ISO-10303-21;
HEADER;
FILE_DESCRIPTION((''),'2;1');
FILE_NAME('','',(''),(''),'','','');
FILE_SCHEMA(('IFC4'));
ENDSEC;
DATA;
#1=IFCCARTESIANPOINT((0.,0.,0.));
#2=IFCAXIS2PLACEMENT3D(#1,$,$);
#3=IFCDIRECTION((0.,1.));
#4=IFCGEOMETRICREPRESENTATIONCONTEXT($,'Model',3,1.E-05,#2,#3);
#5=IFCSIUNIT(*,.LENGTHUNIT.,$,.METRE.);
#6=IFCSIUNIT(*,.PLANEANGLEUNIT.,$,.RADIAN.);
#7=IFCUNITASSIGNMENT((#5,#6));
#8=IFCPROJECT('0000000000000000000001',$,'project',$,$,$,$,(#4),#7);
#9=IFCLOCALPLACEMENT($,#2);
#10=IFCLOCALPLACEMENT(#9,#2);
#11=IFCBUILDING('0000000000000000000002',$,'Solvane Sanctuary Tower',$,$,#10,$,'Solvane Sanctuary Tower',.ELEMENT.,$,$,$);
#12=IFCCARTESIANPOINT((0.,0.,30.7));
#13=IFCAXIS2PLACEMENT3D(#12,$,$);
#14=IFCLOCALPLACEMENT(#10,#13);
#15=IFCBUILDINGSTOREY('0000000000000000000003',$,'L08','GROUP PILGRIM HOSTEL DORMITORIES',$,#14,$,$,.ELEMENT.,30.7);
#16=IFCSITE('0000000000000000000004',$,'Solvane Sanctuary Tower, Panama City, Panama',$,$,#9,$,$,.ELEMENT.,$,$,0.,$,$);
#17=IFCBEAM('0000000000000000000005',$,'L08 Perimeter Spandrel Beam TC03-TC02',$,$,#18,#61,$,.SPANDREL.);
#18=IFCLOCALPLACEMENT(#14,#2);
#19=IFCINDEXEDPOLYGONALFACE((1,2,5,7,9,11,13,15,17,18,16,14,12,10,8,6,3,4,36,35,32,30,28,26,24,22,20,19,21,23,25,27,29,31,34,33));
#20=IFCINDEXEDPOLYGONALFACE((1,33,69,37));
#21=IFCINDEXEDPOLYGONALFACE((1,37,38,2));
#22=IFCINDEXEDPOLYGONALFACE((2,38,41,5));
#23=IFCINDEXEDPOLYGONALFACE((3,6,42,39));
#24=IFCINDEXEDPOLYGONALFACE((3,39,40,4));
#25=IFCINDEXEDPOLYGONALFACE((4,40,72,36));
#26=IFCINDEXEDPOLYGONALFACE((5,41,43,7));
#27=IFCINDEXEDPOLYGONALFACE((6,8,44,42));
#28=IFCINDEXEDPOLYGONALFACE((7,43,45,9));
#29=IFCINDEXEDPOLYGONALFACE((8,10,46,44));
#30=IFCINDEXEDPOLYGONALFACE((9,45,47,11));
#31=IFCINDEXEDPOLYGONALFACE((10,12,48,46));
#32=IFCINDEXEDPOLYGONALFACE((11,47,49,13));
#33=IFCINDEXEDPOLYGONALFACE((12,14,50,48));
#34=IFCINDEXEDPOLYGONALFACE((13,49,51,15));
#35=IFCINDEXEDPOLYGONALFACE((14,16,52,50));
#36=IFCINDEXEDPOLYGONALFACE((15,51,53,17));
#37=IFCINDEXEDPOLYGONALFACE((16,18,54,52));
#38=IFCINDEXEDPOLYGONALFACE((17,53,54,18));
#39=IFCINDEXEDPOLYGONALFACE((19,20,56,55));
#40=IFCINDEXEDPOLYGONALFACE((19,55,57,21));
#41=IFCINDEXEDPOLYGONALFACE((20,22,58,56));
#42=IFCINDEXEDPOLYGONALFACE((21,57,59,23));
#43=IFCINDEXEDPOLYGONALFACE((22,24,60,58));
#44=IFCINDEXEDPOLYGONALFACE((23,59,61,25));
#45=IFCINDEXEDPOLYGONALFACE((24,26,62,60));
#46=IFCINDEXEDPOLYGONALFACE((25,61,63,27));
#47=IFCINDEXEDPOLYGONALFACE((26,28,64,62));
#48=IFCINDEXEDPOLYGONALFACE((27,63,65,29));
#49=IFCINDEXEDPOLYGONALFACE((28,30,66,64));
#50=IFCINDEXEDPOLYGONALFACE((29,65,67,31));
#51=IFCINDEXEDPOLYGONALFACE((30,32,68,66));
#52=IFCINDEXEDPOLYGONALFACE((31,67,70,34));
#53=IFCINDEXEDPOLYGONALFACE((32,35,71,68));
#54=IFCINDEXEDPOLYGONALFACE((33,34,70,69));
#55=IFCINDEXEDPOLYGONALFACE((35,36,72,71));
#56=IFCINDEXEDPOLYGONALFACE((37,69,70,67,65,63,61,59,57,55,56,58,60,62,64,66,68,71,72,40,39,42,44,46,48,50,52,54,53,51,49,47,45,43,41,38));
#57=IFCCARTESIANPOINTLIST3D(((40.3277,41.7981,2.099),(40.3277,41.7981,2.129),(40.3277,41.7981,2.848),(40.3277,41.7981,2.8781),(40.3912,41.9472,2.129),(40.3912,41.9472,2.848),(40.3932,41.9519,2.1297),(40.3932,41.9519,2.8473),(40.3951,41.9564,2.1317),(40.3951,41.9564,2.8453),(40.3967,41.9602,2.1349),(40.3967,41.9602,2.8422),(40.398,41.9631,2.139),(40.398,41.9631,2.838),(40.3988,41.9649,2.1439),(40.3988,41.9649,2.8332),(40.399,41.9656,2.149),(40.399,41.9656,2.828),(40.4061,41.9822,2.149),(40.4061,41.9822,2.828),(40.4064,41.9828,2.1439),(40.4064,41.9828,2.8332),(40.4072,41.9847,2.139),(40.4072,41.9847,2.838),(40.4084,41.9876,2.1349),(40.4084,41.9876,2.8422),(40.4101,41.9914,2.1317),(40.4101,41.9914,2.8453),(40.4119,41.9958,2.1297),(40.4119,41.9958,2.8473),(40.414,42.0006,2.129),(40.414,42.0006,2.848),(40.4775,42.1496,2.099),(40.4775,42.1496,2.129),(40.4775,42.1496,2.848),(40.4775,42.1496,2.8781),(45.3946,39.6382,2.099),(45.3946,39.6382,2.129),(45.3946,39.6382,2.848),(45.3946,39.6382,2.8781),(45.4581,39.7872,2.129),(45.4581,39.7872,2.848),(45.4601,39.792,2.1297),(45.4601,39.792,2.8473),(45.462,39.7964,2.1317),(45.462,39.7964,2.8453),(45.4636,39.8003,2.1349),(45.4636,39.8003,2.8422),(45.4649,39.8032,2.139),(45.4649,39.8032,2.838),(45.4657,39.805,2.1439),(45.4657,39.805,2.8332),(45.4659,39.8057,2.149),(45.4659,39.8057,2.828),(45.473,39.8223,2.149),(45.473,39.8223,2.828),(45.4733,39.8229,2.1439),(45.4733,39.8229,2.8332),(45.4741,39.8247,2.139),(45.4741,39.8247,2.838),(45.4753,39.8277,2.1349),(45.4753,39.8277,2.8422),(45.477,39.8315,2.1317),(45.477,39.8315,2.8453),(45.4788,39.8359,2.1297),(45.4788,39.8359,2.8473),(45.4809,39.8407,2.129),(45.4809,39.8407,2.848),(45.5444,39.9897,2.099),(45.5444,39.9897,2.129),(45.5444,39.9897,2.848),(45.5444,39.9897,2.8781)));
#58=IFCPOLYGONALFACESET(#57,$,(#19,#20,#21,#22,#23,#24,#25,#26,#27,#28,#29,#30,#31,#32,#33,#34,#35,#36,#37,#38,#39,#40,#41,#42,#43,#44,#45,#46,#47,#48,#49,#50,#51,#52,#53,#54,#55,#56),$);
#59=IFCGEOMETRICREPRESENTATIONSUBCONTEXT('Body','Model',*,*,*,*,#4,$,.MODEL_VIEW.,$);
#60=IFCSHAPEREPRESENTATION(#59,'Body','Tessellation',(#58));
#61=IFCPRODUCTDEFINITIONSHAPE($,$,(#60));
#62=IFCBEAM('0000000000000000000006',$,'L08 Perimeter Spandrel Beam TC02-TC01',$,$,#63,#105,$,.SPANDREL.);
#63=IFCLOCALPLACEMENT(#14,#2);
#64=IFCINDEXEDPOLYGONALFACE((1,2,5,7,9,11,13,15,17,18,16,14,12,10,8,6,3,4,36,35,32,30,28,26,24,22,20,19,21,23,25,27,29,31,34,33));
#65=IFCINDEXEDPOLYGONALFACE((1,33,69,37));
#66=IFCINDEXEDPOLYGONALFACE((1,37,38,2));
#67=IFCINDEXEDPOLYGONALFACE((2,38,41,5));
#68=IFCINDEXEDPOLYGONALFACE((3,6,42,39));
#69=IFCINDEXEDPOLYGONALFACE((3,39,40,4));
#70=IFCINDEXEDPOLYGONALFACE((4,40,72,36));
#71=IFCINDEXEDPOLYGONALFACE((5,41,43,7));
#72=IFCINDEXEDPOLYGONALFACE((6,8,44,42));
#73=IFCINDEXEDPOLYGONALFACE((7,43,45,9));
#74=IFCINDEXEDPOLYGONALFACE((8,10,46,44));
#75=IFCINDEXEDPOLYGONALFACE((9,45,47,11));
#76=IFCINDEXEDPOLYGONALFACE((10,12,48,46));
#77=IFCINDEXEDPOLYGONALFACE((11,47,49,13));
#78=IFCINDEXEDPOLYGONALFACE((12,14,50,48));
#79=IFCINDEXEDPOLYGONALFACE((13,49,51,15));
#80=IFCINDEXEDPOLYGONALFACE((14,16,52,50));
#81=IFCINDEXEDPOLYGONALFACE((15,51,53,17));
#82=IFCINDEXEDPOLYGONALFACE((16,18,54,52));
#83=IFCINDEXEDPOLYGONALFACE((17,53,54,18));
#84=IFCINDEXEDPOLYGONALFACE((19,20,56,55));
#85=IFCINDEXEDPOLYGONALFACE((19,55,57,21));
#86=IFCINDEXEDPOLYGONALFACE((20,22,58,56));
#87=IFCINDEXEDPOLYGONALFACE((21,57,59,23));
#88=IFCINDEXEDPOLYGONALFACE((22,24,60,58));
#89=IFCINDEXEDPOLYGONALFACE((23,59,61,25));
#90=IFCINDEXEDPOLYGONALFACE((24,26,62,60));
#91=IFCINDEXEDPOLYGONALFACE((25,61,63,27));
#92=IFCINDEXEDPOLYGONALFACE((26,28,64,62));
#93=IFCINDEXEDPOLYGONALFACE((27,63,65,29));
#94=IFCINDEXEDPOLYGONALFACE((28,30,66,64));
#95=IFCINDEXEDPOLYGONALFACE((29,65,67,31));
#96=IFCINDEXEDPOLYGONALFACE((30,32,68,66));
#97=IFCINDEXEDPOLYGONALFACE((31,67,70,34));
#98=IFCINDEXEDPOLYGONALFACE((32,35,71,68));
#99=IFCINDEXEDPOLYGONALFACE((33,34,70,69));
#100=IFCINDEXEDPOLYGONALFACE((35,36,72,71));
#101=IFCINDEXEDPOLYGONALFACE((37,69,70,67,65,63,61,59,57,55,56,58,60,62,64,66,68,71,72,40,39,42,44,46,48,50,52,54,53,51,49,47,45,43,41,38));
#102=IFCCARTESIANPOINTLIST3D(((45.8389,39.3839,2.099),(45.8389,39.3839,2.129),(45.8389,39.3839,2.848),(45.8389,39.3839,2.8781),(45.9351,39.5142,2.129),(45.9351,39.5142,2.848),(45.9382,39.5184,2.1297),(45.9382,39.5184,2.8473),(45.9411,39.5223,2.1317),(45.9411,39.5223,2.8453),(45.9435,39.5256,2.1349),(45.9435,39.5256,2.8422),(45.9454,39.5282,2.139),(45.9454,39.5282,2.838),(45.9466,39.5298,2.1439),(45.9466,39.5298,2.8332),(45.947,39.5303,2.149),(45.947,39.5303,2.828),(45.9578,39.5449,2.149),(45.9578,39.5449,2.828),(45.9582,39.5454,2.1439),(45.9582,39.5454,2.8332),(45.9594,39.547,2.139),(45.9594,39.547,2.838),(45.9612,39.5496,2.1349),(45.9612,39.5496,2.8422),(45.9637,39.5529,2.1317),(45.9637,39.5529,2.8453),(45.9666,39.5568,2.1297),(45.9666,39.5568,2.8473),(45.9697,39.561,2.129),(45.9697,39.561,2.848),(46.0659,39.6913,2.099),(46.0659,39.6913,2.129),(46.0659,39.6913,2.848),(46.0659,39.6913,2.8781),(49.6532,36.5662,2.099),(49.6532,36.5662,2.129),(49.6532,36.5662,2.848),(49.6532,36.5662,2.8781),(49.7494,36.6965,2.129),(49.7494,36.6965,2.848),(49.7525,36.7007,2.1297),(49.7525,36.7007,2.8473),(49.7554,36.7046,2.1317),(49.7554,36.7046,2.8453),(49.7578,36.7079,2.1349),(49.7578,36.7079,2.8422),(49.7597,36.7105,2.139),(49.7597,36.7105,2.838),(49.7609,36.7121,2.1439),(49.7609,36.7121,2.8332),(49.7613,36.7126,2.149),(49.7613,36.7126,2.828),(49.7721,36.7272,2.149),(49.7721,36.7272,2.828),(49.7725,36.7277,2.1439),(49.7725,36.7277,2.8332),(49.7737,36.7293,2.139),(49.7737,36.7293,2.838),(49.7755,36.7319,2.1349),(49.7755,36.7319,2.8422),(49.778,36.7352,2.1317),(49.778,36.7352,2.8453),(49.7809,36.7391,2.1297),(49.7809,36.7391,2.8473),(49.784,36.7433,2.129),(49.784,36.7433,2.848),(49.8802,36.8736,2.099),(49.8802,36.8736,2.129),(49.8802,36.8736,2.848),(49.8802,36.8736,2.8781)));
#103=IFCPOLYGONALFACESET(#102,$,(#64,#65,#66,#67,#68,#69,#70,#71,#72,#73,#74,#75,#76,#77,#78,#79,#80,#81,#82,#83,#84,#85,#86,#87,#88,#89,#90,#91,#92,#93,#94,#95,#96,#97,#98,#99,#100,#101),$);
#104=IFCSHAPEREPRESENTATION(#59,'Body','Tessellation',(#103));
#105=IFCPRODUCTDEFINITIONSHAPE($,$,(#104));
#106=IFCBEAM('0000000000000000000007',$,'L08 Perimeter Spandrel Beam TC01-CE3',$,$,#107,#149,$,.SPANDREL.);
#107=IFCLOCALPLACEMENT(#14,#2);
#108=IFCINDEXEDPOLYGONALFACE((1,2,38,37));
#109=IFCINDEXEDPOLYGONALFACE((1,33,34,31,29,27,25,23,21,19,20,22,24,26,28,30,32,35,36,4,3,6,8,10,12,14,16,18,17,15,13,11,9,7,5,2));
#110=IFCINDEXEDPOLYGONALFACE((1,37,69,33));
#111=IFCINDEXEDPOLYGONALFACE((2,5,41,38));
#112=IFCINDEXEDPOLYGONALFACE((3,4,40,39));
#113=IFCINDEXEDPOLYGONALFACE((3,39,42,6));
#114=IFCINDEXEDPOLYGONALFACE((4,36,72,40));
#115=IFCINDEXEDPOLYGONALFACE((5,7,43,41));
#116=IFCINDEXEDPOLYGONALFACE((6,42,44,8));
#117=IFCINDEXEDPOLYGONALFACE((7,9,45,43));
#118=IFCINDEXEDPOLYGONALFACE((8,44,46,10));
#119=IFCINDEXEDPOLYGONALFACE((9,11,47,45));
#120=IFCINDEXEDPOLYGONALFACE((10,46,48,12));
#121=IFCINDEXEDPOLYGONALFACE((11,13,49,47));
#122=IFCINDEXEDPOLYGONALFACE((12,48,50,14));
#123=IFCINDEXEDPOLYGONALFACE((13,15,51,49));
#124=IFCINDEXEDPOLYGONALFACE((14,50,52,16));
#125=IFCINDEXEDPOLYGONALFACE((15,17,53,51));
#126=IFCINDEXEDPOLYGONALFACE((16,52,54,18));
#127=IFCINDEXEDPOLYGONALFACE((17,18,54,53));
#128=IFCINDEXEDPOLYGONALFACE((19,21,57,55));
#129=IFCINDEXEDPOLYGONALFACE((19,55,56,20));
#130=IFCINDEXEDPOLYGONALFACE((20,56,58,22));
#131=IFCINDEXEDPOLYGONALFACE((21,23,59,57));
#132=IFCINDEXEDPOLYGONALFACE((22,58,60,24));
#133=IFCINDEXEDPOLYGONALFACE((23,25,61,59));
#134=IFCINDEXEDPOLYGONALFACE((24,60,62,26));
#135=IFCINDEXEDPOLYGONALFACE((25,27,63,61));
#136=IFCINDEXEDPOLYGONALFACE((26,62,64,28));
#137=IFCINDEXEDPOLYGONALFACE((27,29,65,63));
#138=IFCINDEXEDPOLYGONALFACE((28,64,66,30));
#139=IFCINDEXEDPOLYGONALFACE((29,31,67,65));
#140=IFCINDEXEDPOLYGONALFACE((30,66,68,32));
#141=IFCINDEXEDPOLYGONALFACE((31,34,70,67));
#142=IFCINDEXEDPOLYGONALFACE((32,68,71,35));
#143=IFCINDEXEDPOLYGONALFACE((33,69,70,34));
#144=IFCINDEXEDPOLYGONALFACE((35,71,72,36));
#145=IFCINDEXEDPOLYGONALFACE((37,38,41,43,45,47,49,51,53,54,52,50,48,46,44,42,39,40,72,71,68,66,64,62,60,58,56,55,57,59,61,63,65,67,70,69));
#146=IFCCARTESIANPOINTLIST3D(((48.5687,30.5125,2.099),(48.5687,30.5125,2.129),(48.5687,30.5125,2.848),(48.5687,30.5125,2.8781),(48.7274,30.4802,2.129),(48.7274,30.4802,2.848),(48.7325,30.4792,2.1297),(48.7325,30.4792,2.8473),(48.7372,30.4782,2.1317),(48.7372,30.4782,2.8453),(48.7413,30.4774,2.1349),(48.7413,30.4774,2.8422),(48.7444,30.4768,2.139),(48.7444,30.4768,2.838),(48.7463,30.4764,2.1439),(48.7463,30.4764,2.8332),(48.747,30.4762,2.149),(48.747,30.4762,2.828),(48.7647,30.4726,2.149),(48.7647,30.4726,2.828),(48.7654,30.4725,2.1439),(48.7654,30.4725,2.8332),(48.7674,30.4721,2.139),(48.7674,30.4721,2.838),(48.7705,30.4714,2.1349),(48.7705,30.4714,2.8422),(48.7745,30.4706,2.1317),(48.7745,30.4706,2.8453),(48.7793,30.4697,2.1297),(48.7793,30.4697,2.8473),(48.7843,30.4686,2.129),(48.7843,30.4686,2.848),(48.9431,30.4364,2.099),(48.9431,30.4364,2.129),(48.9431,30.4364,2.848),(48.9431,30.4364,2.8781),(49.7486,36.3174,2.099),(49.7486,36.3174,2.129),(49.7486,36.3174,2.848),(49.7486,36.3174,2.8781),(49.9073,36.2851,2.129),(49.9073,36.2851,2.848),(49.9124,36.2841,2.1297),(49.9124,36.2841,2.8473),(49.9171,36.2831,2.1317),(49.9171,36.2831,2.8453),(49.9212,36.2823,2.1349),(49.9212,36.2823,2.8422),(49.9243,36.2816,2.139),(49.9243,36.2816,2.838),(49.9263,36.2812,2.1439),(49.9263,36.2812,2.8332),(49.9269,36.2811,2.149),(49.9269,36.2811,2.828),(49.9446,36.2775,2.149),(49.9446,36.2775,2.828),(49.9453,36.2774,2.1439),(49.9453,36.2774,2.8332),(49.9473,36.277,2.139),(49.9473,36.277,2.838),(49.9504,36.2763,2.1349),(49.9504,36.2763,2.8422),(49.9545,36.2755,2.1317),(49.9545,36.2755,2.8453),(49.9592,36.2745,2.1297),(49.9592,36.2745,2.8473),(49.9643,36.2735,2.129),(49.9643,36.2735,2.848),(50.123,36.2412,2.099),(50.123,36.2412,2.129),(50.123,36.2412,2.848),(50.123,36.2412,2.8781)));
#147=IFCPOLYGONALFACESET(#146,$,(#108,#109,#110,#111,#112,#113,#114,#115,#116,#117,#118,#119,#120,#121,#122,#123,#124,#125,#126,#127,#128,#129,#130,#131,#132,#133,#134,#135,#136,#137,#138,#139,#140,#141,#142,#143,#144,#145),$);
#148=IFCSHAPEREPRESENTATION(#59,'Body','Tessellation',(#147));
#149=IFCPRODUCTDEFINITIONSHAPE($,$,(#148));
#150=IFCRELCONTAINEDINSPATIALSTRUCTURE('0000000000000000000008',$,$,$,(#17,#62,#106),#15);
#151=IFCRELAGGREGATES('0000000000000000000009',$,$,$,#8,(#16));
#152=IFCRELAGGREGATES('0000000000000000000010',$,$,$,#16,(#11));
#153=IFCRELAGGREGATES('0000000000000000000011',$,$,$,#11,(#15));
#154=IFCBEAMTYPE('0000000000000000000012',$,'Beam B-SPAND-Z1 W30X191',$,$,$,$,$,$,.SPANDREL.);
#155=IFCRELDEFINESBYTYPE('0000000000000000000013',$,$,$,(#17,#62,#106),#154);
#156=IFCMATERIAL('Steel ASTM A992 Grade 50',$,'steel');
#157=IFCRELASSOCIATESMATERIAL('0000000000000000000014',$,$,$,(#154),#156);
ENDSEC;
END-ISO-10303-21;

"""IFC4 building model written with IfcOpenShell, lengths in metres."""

from ifc_helpers import new_model, si_unit, direction, frame, origin, origin_2d, place, context, subcontext, project, spatial, i_section, extrude, material, material_profile, profile_set, type_object, element, save


model = new_model("IFC4")

# Units and contexts
model_context = context("Model", 3, precision=1e-05, world=origin(), true_north=direction((0.0, 1.0)))
body_context = subcontext(model_context, "Body", "Model", "MODEL_VIEW")
ifc_project = project(units=[si_unit("LENGTHUNIT", "METRE"), si_unit("PLANEANGLEUNIT", "RADIAN")], contexts=[model_context])

# Site, building, storey
site_placement = place(None, origin())
site = spatial("IfcSite", under=ifc_project, at=site_placement, Name="Solvane Sanctuary Tower, Panama City, Panama", CompositionType="ELEMENT", RefElevation=0.0)
building_placement = place(site_placement, origin())
building = spatial("IfcBuilding", under=site, at=building_placement, Name="Solvane Sanctuary Tower", LongName="Solvane Sanctuary Tower", CompositionType="ELEMENT")
storey_placement = place(building_placement, frame((0.0, 0.0, 30.7)))
storey = spatial("IfcBuildingStorey", under=building, at=storey_placement, Name="L08", Description="GROUP PILGRIM HOSTEL DORMITORIES", CompositionType="ELEMENT", Elevation=30.7)

# Beams
ifc_material_1 = material(Name="Steel ASTM A992 Grade 50", Category="steel")
ifc_material_profile_1 = material_profile(ifc_material_1, i_section(OverallWidth=0.3821, OverallDepth=0.7791, WebThickness=0.0181, FlangeThickness=0.03, FilletRadius=0.02, at=origin_2d()), Name="W30X191")
ifc_profile_set_1 = profile_set([ifc_material_profile_1], Name="Steel ASTM A992 Grade 50")
beam_type_1 = type_object("IfcBeamType", Name="Beam B-SPAND-Z1 W30X191", PredefinedType="SPANDREL", material=ifc_profile_set_1)
beam_1_placement = place(storey_placement, frame((40.4026, 41.9739, 2.4885), z_axis=(0.919907, -0.392137, 0.0), x_axis=(0.392137, 0.919907, 0.0)))
element("IfcBeam", 1, at=beam_1_placement, inside=storey, type_object=beam_type_1, Name="L08 Perimeter Spandrel Beam TC03-TC02", PredefinedType="SPANDREL", context=body_context, shape_type="SweptSolid", body=[
    extrude(i_section(OverallWidth=0.3821, OverallDepth=0.7791, WebThickness=0.0181, FlangeThickness=0.03, FilletRadius=0.02, at=origin_2d()), origin(), (0.0, 0.0, 1.0), 5.5081),
])
beam_2_placement = place(storey_placement, frame((45.9524, 39.5376, 2.4885), z_axis=(0.804334, -0.594177, 0.0), x_axis=(0.594177, 0.804334, 0.0)))
element("IfcBeam", 2, at=beam_2_placement, inside=storey, type_object=beam_type_1, Name="L08 Perimeter Spandrel Beam TC02-TC01", PredefinedType="SPANDREL", context=body_context, shape_type="SweptSolid", body=[
    extrude(i_section(OverallWidth=0.3821, OverallDepth=0.7791, WebThickness=0.0181, FlangeThickness=0.03, FilletRadius=0.02, at=origin_2d()), origin(), (0.0, 0.0, 1.0), 4.7422),
])
beam_3_placement = place(storey_placement, frame((49.9358, 36.2793, 2.4885), z_axis=(-0.19919, -0.979961, 0.0), x_axis=(0.979961, -0.19919, 0.0)))
element("IfcBeam", 3, at=beam_3_placement, inside=storey, type_object=beam_type_1, Name="L08 Perimeter Spandrel Beam TC01-CE3", PredefinedType="SPANDREL", context=body_context, shape_type="SweptSolid", body=[
    extrude(i_section(OverallWidth=0.3821, OverallDepth=0.7791, WebThickness=0.0181, FlangeThickness=0.03, FilletRadius=0.02, at=origin_2d()), origin(), (0.0, 0.0, 1.0), 5.9236),
])

save(model, "model.ifc")
